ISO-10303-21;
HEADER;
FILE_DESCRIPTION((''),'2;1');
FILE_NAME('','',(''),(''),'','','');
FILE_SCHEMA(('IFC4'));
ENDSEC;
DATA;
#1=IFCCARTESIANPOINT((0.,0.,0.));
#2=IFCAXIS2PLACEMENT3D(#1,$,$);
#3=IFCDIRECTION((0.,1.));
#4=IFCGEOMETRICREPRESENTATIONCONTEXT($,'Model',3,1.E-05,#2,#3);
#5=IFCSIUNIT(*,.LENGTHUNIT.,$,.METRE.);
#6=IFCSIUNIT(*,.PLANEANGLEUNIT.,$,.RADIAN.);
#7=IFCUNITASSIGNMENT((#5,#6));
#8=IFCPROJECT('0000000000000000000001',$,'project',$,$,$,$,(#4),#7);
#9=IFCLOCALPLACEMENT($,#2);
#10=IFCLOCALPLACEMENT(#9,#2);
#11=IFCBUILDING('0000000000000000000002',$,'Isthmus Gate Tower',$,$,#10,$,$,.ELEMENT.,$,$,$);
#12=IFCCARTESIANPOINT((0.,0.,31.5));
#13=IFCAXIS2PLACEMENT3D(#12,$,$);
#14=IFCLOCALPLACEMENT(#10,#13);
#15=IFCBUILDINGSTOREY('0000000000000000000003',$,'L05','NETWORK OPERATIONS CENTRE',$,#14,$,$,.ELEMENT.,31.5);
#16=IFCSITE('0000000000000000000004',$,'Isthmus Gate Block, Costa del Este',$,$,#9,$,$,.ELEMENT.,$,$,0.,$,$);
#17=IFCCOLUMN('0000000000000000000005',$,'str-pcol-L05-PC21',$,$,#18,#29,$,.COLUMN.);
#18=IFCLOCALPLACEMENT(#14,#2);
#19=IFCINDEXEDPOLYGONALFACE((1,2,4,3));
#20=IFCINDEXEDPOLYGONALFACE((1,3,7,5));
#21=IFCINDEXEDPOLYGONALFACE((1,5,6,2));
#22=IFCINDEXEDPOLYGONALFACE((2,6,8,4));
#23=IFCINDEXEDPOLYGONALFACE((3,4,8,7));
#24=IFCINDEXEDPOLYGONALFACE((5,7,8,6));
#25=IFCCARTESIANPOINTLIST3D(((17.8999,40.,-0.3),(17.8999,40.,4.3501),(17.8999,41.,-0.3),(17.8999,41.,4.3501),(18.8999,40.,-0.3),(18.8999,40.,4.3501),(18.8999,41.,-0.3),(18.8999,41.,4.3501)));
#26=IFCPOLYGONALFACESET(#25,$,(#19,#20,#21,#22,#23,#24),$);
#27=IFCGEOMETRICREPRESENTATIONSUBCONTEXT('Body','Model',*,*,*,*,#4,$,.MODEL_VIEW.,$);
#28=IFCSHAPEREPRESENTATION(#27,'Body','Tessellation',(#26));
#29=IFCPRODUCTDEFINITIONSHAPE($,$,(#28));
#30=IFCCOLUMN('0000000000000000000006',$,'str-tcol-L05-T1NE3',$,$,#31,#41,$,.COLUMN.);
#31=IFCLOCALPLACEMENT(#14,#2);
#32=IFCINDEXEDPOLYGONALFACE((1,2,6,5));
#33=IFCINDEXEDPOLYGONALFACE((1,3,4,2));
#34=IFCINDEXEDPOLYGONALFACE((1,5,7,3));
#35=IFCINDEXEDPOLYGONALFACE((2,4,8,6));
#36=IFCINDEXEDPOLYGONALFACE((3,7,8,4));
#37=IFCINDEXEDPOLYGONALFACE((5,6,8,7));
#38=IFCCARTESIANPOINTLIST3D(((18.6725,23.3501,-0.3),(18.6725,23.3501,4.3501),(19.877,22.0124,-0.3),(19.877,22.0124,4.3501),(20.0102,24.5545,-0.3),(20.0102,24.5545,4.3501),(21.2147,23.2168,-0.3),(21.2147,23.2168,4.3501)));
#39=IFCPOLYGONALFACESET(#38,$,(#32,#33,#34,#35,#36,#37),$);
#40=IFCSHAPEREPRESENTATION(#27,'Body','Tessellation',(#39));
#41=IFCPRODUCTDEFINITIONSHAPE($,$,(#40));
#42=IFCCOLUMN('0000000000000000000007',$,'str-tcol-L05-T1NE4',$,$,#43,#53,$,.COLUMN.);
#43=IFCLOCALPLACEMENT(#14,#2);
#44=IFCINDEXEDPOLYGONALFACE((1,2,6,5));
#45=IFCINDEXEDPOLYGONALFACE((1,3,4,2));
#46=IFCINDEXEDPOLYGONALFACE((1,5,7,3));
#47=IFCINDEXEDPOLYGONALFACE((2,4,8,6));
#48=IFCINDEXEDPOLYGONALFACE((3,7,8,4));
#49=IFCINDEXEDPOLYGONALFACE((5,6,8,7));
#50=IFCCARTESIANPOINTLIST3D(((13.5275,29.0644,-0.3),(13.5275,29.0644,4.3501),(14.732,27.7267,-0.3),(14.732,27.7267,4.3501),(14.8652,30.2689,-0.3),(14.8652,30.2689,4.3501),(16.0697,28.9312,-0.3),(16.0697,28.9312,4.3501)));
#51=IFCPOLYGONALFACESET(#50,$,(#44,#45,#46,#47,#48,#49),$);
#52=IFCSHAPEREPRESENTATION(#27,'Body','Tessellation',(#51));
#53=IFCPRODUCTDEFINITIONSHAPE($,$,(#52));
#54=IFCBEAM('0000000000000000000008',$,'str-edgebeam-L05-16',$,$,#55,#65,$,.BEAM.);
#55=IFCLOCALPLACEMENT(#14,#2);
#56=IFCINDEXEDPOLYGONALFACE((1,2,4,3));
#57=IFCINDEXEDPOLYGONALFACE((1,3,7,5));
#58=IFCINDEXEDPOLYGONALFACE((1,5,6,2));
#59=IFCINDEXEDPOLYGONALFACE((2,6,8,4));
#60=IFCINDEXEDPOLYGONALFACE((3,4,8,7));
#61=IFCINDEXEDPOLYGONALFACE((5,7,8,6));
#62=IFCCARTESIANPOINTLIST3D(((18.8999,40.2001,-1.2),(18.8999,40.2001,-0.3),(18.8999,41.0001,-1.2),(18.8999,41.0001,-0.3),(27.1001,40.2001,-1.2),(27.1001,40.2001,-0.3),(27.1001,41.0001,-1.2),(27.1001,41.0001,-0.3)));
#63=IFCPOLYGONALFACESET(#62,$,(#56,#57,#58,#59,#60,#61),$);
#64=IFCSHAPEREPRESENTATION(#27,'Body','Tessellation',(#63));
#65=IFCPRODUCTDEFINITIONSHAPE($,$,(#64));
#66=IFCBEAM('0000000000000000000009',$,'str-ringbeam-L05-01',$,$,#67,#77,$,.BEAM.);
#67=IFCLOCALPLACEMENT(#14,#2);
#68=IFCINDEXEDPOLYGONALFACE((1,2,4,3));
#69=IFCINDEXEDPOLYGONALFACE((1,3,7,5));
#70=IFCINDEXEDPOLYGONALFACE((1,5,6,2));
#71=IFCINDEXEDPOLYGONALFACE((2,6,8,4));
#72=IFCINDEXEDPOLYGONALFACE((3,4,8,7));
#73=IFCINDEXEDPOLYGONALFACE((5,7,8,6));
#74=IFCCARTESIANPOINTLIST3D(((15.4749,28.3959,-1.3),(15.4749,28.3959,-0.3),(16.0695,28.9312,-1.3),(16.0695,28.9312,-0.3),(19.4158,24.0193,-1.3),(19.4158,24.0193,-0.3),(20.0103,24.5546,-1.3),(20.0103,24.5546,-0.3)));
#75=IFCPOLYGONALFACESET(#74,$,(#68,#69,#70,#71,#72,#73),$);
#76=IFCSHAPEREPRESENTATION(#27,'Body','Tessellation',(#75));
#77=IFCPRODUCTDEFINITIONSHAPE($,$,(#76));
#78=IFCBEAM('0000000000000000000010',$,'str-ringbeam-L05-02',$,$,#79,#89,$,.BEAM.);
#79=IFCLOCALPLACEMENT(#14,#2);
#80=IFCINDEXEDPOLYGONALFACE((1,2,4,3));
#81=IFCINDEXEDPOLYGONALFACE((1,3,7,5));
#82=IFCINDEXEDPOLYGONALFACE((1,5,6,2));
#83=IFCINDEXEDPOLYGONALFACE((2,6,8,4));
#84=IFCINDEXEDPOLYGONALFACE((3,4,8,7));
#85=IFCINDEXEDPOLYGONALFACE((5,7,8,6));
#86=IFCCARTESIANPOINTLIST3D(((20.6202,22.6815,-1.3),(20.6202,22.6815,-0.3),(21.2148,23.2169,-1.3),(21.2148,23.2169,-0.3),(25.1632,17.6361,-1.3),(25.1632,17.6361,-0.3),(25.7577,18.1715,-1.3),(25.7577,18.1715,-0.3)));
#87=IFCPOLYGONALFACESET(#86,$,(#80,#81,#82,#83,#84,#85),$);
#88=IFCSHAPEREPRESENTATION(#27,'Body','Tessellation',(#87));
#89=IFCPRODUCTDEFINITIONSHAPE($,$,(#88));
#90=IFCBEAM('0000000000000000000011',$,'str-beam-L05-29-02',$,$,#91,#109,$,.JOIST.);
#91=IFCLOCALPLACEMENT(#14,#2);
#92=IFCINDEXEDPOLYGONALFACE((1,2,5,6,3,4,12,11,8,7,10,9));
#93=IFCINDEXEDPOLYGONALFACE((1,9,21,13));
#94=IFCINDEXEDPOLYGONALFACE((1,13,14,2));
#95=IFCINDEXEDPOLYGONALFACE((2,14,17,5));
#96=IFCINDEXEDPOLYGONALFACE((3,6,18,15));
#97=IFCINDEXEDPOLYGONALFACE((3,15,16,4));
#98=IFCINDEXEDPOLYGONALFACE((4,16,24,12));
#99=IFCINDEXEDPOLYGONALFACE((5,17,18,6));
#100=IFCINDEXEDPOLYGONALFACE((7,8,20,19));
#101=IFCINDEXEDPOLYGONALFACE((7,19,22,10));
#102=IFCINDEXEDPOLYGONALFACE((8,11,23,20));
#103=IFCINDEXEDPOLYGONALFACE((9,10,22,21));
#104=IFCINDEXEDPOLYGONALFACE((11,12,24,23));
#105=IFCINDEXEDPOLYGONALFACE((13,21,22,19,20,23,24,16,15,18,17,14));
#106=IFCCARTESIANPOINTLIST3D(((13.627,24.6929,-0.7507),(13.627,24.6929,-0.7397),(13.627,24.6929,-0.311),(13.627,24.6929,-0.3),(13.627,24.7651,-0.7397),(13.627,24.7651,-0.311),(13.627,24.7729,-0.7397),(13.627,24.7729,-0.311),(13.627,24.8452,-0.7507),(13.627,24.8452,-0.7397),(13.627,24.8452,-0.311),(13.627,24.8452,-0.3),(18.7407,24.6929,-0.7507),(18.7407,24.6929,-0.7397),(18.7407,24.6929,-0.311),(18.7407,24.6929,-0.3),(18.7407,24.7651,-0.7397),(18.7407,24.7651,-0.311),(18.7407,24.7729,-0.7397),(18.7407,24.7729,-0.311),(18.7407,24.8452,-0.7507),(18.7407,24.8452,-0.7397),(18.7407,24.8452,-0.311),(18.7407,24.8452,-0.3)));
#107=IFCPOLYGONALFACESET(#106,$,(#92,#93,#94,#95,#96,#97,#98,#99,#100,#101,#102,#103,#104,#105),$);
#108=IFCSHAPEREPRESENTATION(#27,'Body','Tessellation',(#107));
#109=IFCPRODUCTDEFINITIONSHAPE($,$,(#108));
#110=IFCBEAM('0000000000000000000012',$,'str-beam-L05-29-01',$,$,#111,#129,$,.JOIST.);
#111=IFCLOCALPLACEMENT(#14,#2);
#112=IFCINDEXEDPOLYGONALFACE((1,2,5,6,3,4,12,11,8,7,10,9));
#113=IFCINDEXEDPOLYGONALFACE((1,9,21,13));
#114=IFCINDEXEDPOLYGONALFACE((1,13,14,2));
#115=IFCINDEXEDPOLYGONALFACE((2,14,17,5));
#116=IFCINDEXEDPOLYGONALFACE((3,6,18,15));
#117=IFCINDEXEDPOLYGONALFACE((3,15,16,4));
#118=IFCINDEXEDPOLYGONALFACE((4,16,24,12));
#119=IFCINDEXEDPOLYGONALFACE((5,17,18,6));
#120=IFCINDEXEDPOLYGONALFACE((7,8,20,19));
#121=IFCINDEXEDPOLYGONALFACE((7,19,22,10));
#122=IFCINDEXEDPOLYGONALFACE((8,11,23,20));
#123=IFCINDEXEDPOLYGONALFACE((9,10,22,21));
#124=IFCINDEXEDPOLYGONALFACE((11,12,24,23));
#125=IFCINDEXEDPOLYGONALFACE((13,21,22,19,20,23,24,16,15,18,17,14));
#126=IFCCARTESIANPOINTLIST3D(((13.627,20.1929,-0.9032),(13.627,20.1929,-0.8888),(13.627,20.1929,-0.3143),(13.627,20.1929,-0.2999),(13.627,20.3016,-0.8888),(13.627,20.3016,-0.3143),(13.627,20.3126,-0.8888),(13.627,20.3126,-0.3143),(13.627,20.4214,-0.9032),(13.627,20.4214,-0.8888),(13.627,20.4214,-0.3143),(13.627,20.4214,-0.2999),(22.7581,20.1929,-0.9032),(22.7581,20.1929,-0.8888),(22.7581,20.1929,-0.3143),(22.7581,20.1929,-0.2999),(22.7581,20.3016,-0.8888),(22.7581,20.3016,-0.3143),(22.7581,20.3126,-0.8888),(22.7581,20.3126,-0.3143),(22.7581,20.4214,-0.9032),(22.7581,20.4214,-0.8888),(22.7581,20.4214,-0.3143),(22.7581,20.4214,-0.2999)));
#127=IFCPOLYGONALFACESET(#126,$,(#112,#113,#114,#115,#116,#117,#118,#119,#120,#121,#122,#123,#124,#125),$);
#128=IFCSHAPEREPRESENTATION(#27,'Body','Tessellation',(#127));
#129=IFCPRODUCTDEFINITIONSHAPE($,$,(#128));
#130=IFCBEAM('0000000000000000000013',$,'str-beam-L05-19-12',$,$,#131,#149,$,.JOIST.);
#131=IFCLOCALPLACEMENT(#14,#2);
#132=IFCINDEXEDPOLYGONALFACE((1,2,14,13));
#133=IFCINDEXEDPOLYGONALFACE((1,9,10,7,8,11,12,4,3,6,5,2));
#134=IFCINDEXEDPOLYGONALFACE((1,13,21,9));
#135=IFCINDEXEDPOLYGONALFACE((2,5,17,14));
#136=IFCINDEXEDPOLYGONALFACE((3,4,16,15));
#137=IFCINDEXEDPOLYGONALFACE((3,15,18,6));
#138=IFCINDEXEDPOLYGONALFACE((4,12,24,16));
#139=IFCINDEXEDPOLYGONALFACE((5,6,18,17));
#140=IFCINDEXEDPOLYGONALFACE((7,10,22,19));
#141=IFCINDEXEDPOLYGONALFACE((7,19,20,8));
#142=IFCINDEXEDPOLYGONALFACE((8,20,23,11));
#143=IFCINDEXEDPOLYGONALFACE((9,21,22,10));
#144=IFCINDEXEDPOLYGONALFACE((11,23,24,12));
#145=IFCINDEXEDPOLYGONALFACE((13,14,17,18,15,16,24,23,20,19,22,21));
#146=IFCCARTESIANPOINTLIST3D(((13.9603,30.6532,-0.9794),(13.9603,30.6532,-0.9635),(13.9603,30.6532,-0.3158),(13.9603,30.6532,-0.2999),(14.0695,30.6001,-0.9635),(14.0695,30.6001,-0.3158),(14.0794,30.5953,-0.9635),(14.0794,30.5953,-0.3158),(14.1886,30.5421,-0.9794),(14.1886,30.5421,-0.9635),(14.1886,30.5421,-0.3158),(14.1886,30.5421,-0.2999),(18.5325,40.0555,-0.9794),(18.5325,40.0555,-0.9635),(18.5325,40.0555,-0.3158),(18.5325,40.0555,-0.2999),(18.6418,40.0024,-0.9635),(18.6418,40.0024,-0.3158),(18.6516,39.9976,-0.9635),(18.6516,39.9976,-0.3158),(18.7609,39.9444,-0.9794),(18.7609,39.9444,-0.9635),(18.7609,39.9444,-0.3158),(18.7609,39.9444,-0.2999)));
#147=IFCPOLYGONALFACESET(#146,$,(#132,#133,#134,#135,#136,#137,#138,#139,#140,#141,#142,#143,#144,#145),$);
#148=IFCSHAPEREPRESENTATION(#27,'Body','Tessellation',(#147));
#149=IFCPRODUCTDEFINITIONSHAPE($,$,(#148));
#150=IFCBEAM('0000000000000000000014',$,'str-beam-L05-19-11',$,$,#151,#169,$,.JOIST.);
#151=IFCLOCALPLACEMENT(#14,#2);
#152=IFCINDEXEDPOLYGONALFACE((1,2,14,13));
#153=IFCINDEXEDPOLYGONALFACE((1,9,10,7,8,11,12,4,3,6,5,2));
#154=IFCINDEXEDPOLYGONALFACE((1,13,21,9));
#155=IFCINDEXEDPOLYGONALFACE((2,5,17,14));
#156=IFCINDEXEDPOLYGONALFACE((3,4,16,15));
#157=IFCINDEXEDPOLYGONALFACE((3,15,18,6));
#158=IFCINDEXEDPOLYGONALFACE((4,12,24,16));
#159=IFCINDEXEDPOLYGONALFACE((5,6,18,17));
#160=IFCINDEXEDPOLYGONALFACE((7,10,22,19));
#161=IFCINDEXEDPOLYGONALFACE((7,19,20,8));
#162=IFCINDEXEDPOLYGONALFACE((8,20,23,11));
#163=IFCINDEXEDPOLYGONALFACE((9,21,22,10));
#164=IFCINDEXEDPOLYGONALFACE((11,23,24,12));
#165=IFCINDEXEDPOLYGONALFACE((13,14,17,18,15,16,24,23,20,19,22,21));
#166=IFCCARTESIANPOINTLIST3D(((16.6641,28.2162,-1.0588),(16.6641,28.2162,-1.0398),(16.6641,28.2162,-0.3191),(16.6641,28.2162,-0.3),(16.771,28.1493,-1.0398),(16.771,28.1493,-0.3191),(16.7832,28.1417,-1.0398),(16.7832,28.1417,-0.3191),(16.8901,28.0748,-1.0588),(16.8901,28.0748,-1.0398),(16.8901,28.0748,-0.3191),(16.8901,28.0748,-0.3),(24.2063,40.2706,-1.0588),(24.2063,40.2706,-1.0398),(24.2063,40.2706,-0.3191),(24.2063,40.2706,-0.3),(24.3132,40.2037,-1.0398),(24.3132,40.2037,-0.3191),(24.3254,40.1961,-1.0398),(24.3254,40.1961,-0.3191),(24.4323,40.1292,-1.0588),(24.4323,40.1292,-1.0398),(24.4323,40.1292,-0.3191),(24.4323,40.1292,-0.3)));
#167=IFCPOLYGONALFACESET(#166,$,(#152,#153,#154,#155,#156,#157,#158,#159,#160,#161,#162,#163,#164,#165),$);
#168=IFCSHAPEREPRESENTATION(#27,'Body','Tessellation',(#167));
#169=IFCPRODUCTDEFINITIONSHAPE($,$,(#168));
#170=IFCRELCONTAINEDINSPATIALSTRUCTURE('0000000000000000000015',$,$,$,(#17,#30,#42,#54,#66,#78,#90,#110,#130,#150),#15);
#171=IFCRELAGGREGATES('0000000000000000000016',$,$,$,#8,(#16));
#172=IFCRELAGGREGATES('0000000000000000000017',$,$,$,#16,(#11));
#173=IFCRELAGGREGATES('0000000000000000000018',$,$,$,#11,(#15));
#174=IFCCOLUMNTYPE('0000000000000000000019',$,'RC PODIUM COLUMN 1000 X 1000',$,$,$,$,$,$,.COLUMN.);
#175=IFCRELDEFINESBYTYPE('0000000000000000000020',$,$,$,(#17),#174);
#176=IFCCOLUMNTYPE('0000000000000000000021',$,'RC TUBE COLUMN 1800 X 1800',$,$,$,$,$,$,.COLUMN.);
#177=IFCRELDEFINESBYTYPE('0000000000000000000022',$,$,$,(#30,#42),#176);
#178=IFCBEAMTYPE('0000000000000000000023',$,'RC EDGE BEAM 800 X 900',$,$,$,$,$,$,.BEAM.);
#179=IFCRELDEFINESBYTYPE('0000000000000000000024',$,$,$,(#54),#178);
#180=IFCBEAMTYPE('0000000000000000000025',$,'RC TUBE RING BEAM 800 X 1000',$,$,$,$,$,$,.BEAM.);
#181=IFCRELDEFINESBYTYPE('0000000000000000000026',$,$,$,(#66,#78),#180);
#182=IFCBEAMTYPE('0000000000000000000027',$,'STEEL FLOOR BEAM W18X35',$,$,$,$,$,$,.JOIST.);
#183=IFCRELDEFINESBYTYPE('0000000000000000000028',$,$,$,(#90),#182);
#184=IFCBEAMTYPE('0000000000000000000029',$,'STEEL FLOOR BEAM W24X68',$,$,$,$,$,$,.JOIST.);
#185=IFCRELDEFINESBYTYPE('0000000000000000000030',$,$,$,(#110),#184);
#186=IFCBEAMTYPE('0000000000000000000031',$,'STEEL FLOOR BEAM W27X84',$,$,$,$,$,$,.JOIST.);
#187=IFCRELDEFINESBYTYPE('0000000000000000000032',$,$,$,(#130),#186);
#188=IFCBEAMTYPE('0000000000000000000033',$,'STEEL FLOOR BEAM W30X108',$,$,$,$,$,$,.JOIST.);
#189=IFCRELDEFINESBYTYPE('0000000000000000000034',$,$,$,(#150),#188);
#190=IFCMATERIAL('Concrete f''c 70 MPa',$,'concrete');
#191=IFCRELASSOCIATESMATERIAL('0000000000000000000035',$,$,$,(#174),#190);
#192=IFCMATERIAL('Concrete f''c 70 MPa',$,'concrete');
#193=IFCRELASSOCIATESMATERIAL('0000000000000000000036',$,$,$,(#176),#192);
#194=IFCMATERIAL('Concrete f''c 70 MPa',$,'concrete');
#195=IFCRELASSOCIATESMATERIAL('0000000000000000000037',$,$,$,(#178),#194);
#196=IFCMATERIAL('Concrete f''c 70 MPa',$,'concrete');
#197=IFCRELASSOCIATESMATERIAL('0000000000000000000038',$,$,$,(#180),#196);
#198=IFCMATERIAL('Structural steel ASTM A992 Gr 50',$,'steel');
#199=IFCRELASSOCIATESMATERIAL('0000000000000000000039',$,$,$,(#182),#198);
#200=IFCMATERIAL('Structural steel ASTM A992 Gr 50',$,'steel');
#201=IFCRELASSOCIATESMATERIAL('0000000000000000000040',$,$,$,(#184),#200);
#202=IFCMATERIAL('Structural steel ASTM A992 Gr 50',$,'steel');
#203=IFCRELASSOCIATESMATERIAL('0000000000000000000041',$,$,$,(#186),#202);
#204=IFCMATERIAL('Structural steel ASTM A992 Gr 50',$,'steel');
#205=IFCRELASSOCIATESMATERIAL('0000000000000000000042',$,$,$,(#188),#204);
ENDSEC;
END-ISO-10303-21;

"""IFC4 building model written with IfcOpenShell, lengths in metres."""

from ifc_helpers import new_model, si_unit, direction, frame, origin, origin_2d, place, context, subcontext, project, spatial, rectangle, i_section, extrude, material, material_profile, profile_set, type_object, element, save


model = new_model("IFC4")

# Units and contexts
model_context = context("Model", 3, precision=1e-05, world=origin(), true_north=direction((0.0, 1.0)))
body_context = subcontext(model_context, "Body", "Model", "MODEL_VIEW")
ifc_project = project(units=[si_unit("LENGTHUNIT", "METRE"), si_unit("PLANEANGLEUNIT", "RADIAN")], contexts=[model_context])

# Site, building, storey
site_placement = place(None, origin())
site = spatial("IfcSite", under=ifc_project, at=site_placement, Name="Isthmus Gate Block, Costa del Este", CompositionType="ELEMENT", RefElevation=0.0)
building_placement = place(site_placement, origin())
building = spatial("IfcBuilding", under=site, at=building_placement, Name="Isthmus Gate Tower", CompositionType="ELEMENT")
storey_placement = place(building_placement, frame((0.0, 0.0, 31.5)))
storey = spatial("IfcBuildingStorey", under=building, at=storey_placement, Name="L05", Description="NETWORK OPERATIONS CENTRE", CompositionType="ELEMENT", Elevation=31.5)

# Columns
ifc_material_1 = material(Name="Concrete f'c 70 MPa", Category="concrete")
ifc_material_profile_1 = material_profile(ifc_material_1, rectangle(XDim=1.0, YDim=1.0, at=origin_2d()), Name="RC 1000X1000")
ifc_profile_set_1 = profile_set([ifc_material_profile_1], Name="Concrete f'c 70 MPa")
column_type_1 = type_object("IfcColumnType", Name="RC PODIUM COLUMN 1000 X 1000", PredefinedType="COLUMN", material=ifc_profile_set_1)
column_placement = place(storey_placement, frame((18.3999, 40.5, -0.3), z_axis=(0.0, 0.0, 1.0), x_axis=(-1.0, 0.0, 0.0)))
element("IfcColumn", 1, at=column_placement, inside=storey, type_object=column_type_1, Name="str-pcol-L05-PC21", PredefinedType="COLUMN", context=body_context, shape_type="SweptSolid", body=[
    extrude(rectangle(XDim=1.0, YDim=1.0, at=origin_2d()), origin(), (0.0, 0.0, 1.0), 4.6501),
])
ifc_material_2 = material(Name="Concrete f'c 70 MPa", Category="concrete")
ifc_material_profile_2 = material_profile(ifc_material_2, rectangle(XDim=1.8, YDim=1.8, at=origin_2d()), Name="RC 1800X1800")
ifc_profile_set_2 = profile_set([ifc_material_profile_2], Name="Concrete f'c 70 MPa")
column_type_2 = type_object("IfcColumnType", Name="RC TUBE COLUMN 1800 X 1800", PredefinedType="COLUMN", material=ifc_profile_set_2)
for number, where, z_axis, x_axis, name in (
    (2, (19.9436, 23.2834, -0.3), (0.0, 0.0, 1.0), (-0.669131, 0.743145, 0.0), "str-tcol-L05-T1NE3"),
    (3, (14.7986, 28.9978, -0.3), (0.0, 0.0, 1.0), (-0.669131, 0.743145, 0.0), "str-tcol-L05-T1NE4"),
):
    element("IfcColumn", number, at=place(storey_placement, frame(where, z_axis=z_axis, x_axis=x_axis)), inside=storey, type_object=column_type_2, Name=name, PredefinedType="COLUMN", context=body_context, shape_type="SweptSolid", body=[
        extrude(rectangle(XDim=1.8, YDim=1.8, at=origin_2d()), origin(), (0.0, 0.0, 1.0), 4.6501),
    ])

# Beams
ifc_material_3 = material(Name="Concrete f'c 70 MPa", Category="concrete")
ifc_material_profile_3 = material_profile(ifc_material_3, rectangle(XDim=0.8, YDim=0.8999, at=origin_2d()), Name="RC 800X900")
ifc_profile_set_3 = profile_set([ifc_material_profile_3], Name="Concrete f'c 70 MPa")
beam_type_1 = type_object("IfcBeamType", Name="RC EDGE BEAM 800 X 900", PredefinedType="BEAM", material=ifc_profile_set_3)
beam_1_placement = place(storey_placement, frame((18.8999, 40.6001, -0.75), z_axis=(1.0, 0.0, 0.0), x_axis=(0.0, 1.0, 0.0)))
element("IfcBeam", 4, at=beam_1_placement, inside=storey, type_object=beam_type_1, Name="str-edgebeam-L05-16", PredefinedType="BEAM", context=body_context, shape_type="SweptSolid", body=[
    extrude(rectangle(XDim=0.8, YDim=0.8999, at=origin_2d()), origin(), (0.0, 0.0, 1.0), 8.2002),
])
ifc_material_4 = material(Name="Concrete f'c 70 MPa", Category="concrete")
ifc_material_profile_4 = material_profile(ifc_material_4, rectangle(XDim=0.8, YDim=1.0, at=origin_2d()), Name="RC 800X1000")
ifc_profile_set_4 = profile_set([ifc_material_profile_4], Name="Concrete f'c 70 MPa")
beam_type_2 = type_object("IfcBeamType", Name="RC TUBE RING BEAM 800 X 1000", PredefinedType="BEAM", material=ifc_profile_set_4)
beam_2_placement = place(storey_placement, frame((15.7722, 28.6636, -0.8), z_axis=(0.669141, -0.743135, 0.0), x_axis=(0.743135, 0.669141, 0.0)))
element("IfcBeam", 5, at=beam_2_placement, inside=storey, type_object=beam_type_2, Name="str-ringbeam-L05-01", PredefinedType="BEAM", context=body_context, shape_type="SweptSolid", body=[
    extrude(rectangle(XDim=0.8, YDim=1.0, at=origin_2d()), origin(), (0.0, 0.0, 1.0), 5.8894),
])
beam_3_placement = place(storey_placement, frame((20.9175, 22.9492, -0.8), z_axis=(0.669136, -0.74314, 0.0), x_axis=(0.74314, 0.669136, 0.0)))
element("IfcBeam", 6, at=beam_3_placement, inside=storey, type_object=beam_type_2, Name="str-ringbeam-L05-02", PredefinedType="BEAM", context=body_context, shape_type="SweptSolid", body=[
    extrude(rectangle(XDim=0.8, YDim=1.0, at=origin_2d()), origin(), (0.0, 0.0, 1.0), 6.7893),
])
ifc_material_5 = material(Name="Structural steel ASTM A992 Gr 50", Category="steel")
ifc_material_profile_5 = material_profile(ifc_material_5, i_section(OverallWidth=0.1523, OverallDepth=0.4507, WebThickness=0.0078, FlangeThickness=0.011, at=origin_2d()), Name="W18X35")
ifc_profile_set_5 = profile_set([ifc_material_profile_5], Name="Structural steel ASTM A992 Gr 50")
beam_type_3 = type_object("IfcBeamType", Name="STEEL FLOOR BEAM W18X35", PredefinedType="JOIST", material=ifc_profile_set_5)
beam_4_placement = place(storey_placement, frame((13.627, 24.769, -0.5254), z_axis=(1.0, 0.0, 0.0), x_axis=(0.0, 1.0, 0.0)))
element("IfcBeam", 7, at=beam_4_placement, inside=storey, type_object=beam_type_3, Name="str-beam-L05-29-02", PredefinedType="JOIST", context=body_context, shape_type="SweptSolid", body=[
    extrude(i_section(OverallWidth=0.1523, OverallDepth=0.4507, WebThickness=0.0078, FlangeThickness=0.011, at=origin_2d()), origin(), (0.0, 0.0, 1.0), 5.1138),
])
ifc_material_6 = material(Name="Structural steel ASTM A992 Gr 50", Category="steel")
ifc_material_profile_6 = material_profile(ifc_material_6, i_section(OverallWidth=0.2285, OverallDepth=0.6033, WebThickness=0.011, FlangeThickness=0.0144, at=origin_2d()), Name="W24X68")
ifc_profile_set_6 = profile_set([ifc_material_profile_6], Name="Structural steel ASTM A992 Gr 50")
beam_type_4 = type_object("IfcBeamType", Name="STEEL FLOOR BEAM W24X68", PredefinedType="JOIST", material=ifc_profile_set_6)
beam_5_placement = place(storey_placement, frame((13.627, 20.3071, -0.6016), z_axis=(1.0, 0.0, 0.0), x_axis=(0.0, 1.0, 0.0)))
element("IfcBeam", 8, at=beam_5_placement, inside=storey, type_object=beam_type_4, Name="str-beam-L05-29-01", PredefinedType="JOIST", context=body_context, shape_type="SweptSolid", body=[
    extrude(i_section(OverallWidth=0.2285, OverallDepth=0.6033, WebThickness=0.011, FlangeThickness=0.0144, at=origin_2d()), origin(), (0.0, 0.0, 1.0), 9.1311),
])
ifc_material_7 = material(Name="Structural steel ASTM A992 Gr 50", Category="steel")
ifc_material_profile_7 = material_profile(ifc_material_7, i_section(OverallWidth=0.2539, OverallDepth=0.6794, WebThickness=0.011, FlangeThickness=0.0159, at=origin_2d()), Name="W27X84")
ifc_profile_set_7 = profile_set([ifc_material_profile_7], Name="Structural steel ASTM A992 Gr 50")
beam_type_5 = type_object("IfcBeamType", Name="STEEL FLOOR BEAM W27X84", PredefinedType="JOIST", material=ifc_profile_set_7)
beam_6_placement = place(storey_placement, frame((14.0745, 30.5977, -0.6396), z_axis=(0.437323, 0.899305, 0.0), x_axis=(-0.899305, 0.437323, 0.0)))
element("IfcBeam", 9, at=beam_6_placement, inside=storey, type_object=beam_type_5, Name="str-beam-L05-19-12", PredefinedType="JOIST", context=body_context, shape_type="SweptSolid", body=[
    extrude(i_section(OverallWidth=0.2539, OverallDepth=0.6794, WebThickness=0.011, FlangeThickness=0.0159, at=origin_2d()), origin(), (0.0, 0.0, 1.0), 10.4551),
])
ifc_material_8 = material(Name="Structural steel ASTM A992 Gr 50", Category="steel")
ifc_material_profile_8 = material_profile(ifc_material_8, i_section(OverallWidth=0.2666, OverallDepth=0.7588, WebThickness=0.0144, FlangeThickness=0.019, at=origin_2d()), Name="W30X108")
ifc_profile_set_8 = profile_set([ifc_material_profile_8], Name="Structural steel ASTM A992 Gr 50")
beam_type_6 = type_object("IfcBeamType", Name="STEEL FLOOR BEAM W30X108", PredefinedType="JOIST", material=ifc_profile_set_8)
beam_7_placement = place(storey_placement, frame((16.7771, 28.1455, -0.6794), z_axis=(0.530414, 0.847739, 0.0), x_axis=(-0.847739, 0.530414, 0.0)))
element("IfcBeam", 10, at=beam_7_placement, inside=storey, type_object=beam_type_6, Name="str-beam-L05-19-11", PredefinedType="JOIST", context=body_context, shape_type="SweptSolid", body=[
    extrude(i_section(OverallWidth=0.2666, OverallDepth=0.7588, WebThickness=0.0144, FlangeThickness=0.019, at=origin_2d()), origin(), (0.0, 0.0, 1.0), 14.2195),
])

save(model, "model.ifc")
